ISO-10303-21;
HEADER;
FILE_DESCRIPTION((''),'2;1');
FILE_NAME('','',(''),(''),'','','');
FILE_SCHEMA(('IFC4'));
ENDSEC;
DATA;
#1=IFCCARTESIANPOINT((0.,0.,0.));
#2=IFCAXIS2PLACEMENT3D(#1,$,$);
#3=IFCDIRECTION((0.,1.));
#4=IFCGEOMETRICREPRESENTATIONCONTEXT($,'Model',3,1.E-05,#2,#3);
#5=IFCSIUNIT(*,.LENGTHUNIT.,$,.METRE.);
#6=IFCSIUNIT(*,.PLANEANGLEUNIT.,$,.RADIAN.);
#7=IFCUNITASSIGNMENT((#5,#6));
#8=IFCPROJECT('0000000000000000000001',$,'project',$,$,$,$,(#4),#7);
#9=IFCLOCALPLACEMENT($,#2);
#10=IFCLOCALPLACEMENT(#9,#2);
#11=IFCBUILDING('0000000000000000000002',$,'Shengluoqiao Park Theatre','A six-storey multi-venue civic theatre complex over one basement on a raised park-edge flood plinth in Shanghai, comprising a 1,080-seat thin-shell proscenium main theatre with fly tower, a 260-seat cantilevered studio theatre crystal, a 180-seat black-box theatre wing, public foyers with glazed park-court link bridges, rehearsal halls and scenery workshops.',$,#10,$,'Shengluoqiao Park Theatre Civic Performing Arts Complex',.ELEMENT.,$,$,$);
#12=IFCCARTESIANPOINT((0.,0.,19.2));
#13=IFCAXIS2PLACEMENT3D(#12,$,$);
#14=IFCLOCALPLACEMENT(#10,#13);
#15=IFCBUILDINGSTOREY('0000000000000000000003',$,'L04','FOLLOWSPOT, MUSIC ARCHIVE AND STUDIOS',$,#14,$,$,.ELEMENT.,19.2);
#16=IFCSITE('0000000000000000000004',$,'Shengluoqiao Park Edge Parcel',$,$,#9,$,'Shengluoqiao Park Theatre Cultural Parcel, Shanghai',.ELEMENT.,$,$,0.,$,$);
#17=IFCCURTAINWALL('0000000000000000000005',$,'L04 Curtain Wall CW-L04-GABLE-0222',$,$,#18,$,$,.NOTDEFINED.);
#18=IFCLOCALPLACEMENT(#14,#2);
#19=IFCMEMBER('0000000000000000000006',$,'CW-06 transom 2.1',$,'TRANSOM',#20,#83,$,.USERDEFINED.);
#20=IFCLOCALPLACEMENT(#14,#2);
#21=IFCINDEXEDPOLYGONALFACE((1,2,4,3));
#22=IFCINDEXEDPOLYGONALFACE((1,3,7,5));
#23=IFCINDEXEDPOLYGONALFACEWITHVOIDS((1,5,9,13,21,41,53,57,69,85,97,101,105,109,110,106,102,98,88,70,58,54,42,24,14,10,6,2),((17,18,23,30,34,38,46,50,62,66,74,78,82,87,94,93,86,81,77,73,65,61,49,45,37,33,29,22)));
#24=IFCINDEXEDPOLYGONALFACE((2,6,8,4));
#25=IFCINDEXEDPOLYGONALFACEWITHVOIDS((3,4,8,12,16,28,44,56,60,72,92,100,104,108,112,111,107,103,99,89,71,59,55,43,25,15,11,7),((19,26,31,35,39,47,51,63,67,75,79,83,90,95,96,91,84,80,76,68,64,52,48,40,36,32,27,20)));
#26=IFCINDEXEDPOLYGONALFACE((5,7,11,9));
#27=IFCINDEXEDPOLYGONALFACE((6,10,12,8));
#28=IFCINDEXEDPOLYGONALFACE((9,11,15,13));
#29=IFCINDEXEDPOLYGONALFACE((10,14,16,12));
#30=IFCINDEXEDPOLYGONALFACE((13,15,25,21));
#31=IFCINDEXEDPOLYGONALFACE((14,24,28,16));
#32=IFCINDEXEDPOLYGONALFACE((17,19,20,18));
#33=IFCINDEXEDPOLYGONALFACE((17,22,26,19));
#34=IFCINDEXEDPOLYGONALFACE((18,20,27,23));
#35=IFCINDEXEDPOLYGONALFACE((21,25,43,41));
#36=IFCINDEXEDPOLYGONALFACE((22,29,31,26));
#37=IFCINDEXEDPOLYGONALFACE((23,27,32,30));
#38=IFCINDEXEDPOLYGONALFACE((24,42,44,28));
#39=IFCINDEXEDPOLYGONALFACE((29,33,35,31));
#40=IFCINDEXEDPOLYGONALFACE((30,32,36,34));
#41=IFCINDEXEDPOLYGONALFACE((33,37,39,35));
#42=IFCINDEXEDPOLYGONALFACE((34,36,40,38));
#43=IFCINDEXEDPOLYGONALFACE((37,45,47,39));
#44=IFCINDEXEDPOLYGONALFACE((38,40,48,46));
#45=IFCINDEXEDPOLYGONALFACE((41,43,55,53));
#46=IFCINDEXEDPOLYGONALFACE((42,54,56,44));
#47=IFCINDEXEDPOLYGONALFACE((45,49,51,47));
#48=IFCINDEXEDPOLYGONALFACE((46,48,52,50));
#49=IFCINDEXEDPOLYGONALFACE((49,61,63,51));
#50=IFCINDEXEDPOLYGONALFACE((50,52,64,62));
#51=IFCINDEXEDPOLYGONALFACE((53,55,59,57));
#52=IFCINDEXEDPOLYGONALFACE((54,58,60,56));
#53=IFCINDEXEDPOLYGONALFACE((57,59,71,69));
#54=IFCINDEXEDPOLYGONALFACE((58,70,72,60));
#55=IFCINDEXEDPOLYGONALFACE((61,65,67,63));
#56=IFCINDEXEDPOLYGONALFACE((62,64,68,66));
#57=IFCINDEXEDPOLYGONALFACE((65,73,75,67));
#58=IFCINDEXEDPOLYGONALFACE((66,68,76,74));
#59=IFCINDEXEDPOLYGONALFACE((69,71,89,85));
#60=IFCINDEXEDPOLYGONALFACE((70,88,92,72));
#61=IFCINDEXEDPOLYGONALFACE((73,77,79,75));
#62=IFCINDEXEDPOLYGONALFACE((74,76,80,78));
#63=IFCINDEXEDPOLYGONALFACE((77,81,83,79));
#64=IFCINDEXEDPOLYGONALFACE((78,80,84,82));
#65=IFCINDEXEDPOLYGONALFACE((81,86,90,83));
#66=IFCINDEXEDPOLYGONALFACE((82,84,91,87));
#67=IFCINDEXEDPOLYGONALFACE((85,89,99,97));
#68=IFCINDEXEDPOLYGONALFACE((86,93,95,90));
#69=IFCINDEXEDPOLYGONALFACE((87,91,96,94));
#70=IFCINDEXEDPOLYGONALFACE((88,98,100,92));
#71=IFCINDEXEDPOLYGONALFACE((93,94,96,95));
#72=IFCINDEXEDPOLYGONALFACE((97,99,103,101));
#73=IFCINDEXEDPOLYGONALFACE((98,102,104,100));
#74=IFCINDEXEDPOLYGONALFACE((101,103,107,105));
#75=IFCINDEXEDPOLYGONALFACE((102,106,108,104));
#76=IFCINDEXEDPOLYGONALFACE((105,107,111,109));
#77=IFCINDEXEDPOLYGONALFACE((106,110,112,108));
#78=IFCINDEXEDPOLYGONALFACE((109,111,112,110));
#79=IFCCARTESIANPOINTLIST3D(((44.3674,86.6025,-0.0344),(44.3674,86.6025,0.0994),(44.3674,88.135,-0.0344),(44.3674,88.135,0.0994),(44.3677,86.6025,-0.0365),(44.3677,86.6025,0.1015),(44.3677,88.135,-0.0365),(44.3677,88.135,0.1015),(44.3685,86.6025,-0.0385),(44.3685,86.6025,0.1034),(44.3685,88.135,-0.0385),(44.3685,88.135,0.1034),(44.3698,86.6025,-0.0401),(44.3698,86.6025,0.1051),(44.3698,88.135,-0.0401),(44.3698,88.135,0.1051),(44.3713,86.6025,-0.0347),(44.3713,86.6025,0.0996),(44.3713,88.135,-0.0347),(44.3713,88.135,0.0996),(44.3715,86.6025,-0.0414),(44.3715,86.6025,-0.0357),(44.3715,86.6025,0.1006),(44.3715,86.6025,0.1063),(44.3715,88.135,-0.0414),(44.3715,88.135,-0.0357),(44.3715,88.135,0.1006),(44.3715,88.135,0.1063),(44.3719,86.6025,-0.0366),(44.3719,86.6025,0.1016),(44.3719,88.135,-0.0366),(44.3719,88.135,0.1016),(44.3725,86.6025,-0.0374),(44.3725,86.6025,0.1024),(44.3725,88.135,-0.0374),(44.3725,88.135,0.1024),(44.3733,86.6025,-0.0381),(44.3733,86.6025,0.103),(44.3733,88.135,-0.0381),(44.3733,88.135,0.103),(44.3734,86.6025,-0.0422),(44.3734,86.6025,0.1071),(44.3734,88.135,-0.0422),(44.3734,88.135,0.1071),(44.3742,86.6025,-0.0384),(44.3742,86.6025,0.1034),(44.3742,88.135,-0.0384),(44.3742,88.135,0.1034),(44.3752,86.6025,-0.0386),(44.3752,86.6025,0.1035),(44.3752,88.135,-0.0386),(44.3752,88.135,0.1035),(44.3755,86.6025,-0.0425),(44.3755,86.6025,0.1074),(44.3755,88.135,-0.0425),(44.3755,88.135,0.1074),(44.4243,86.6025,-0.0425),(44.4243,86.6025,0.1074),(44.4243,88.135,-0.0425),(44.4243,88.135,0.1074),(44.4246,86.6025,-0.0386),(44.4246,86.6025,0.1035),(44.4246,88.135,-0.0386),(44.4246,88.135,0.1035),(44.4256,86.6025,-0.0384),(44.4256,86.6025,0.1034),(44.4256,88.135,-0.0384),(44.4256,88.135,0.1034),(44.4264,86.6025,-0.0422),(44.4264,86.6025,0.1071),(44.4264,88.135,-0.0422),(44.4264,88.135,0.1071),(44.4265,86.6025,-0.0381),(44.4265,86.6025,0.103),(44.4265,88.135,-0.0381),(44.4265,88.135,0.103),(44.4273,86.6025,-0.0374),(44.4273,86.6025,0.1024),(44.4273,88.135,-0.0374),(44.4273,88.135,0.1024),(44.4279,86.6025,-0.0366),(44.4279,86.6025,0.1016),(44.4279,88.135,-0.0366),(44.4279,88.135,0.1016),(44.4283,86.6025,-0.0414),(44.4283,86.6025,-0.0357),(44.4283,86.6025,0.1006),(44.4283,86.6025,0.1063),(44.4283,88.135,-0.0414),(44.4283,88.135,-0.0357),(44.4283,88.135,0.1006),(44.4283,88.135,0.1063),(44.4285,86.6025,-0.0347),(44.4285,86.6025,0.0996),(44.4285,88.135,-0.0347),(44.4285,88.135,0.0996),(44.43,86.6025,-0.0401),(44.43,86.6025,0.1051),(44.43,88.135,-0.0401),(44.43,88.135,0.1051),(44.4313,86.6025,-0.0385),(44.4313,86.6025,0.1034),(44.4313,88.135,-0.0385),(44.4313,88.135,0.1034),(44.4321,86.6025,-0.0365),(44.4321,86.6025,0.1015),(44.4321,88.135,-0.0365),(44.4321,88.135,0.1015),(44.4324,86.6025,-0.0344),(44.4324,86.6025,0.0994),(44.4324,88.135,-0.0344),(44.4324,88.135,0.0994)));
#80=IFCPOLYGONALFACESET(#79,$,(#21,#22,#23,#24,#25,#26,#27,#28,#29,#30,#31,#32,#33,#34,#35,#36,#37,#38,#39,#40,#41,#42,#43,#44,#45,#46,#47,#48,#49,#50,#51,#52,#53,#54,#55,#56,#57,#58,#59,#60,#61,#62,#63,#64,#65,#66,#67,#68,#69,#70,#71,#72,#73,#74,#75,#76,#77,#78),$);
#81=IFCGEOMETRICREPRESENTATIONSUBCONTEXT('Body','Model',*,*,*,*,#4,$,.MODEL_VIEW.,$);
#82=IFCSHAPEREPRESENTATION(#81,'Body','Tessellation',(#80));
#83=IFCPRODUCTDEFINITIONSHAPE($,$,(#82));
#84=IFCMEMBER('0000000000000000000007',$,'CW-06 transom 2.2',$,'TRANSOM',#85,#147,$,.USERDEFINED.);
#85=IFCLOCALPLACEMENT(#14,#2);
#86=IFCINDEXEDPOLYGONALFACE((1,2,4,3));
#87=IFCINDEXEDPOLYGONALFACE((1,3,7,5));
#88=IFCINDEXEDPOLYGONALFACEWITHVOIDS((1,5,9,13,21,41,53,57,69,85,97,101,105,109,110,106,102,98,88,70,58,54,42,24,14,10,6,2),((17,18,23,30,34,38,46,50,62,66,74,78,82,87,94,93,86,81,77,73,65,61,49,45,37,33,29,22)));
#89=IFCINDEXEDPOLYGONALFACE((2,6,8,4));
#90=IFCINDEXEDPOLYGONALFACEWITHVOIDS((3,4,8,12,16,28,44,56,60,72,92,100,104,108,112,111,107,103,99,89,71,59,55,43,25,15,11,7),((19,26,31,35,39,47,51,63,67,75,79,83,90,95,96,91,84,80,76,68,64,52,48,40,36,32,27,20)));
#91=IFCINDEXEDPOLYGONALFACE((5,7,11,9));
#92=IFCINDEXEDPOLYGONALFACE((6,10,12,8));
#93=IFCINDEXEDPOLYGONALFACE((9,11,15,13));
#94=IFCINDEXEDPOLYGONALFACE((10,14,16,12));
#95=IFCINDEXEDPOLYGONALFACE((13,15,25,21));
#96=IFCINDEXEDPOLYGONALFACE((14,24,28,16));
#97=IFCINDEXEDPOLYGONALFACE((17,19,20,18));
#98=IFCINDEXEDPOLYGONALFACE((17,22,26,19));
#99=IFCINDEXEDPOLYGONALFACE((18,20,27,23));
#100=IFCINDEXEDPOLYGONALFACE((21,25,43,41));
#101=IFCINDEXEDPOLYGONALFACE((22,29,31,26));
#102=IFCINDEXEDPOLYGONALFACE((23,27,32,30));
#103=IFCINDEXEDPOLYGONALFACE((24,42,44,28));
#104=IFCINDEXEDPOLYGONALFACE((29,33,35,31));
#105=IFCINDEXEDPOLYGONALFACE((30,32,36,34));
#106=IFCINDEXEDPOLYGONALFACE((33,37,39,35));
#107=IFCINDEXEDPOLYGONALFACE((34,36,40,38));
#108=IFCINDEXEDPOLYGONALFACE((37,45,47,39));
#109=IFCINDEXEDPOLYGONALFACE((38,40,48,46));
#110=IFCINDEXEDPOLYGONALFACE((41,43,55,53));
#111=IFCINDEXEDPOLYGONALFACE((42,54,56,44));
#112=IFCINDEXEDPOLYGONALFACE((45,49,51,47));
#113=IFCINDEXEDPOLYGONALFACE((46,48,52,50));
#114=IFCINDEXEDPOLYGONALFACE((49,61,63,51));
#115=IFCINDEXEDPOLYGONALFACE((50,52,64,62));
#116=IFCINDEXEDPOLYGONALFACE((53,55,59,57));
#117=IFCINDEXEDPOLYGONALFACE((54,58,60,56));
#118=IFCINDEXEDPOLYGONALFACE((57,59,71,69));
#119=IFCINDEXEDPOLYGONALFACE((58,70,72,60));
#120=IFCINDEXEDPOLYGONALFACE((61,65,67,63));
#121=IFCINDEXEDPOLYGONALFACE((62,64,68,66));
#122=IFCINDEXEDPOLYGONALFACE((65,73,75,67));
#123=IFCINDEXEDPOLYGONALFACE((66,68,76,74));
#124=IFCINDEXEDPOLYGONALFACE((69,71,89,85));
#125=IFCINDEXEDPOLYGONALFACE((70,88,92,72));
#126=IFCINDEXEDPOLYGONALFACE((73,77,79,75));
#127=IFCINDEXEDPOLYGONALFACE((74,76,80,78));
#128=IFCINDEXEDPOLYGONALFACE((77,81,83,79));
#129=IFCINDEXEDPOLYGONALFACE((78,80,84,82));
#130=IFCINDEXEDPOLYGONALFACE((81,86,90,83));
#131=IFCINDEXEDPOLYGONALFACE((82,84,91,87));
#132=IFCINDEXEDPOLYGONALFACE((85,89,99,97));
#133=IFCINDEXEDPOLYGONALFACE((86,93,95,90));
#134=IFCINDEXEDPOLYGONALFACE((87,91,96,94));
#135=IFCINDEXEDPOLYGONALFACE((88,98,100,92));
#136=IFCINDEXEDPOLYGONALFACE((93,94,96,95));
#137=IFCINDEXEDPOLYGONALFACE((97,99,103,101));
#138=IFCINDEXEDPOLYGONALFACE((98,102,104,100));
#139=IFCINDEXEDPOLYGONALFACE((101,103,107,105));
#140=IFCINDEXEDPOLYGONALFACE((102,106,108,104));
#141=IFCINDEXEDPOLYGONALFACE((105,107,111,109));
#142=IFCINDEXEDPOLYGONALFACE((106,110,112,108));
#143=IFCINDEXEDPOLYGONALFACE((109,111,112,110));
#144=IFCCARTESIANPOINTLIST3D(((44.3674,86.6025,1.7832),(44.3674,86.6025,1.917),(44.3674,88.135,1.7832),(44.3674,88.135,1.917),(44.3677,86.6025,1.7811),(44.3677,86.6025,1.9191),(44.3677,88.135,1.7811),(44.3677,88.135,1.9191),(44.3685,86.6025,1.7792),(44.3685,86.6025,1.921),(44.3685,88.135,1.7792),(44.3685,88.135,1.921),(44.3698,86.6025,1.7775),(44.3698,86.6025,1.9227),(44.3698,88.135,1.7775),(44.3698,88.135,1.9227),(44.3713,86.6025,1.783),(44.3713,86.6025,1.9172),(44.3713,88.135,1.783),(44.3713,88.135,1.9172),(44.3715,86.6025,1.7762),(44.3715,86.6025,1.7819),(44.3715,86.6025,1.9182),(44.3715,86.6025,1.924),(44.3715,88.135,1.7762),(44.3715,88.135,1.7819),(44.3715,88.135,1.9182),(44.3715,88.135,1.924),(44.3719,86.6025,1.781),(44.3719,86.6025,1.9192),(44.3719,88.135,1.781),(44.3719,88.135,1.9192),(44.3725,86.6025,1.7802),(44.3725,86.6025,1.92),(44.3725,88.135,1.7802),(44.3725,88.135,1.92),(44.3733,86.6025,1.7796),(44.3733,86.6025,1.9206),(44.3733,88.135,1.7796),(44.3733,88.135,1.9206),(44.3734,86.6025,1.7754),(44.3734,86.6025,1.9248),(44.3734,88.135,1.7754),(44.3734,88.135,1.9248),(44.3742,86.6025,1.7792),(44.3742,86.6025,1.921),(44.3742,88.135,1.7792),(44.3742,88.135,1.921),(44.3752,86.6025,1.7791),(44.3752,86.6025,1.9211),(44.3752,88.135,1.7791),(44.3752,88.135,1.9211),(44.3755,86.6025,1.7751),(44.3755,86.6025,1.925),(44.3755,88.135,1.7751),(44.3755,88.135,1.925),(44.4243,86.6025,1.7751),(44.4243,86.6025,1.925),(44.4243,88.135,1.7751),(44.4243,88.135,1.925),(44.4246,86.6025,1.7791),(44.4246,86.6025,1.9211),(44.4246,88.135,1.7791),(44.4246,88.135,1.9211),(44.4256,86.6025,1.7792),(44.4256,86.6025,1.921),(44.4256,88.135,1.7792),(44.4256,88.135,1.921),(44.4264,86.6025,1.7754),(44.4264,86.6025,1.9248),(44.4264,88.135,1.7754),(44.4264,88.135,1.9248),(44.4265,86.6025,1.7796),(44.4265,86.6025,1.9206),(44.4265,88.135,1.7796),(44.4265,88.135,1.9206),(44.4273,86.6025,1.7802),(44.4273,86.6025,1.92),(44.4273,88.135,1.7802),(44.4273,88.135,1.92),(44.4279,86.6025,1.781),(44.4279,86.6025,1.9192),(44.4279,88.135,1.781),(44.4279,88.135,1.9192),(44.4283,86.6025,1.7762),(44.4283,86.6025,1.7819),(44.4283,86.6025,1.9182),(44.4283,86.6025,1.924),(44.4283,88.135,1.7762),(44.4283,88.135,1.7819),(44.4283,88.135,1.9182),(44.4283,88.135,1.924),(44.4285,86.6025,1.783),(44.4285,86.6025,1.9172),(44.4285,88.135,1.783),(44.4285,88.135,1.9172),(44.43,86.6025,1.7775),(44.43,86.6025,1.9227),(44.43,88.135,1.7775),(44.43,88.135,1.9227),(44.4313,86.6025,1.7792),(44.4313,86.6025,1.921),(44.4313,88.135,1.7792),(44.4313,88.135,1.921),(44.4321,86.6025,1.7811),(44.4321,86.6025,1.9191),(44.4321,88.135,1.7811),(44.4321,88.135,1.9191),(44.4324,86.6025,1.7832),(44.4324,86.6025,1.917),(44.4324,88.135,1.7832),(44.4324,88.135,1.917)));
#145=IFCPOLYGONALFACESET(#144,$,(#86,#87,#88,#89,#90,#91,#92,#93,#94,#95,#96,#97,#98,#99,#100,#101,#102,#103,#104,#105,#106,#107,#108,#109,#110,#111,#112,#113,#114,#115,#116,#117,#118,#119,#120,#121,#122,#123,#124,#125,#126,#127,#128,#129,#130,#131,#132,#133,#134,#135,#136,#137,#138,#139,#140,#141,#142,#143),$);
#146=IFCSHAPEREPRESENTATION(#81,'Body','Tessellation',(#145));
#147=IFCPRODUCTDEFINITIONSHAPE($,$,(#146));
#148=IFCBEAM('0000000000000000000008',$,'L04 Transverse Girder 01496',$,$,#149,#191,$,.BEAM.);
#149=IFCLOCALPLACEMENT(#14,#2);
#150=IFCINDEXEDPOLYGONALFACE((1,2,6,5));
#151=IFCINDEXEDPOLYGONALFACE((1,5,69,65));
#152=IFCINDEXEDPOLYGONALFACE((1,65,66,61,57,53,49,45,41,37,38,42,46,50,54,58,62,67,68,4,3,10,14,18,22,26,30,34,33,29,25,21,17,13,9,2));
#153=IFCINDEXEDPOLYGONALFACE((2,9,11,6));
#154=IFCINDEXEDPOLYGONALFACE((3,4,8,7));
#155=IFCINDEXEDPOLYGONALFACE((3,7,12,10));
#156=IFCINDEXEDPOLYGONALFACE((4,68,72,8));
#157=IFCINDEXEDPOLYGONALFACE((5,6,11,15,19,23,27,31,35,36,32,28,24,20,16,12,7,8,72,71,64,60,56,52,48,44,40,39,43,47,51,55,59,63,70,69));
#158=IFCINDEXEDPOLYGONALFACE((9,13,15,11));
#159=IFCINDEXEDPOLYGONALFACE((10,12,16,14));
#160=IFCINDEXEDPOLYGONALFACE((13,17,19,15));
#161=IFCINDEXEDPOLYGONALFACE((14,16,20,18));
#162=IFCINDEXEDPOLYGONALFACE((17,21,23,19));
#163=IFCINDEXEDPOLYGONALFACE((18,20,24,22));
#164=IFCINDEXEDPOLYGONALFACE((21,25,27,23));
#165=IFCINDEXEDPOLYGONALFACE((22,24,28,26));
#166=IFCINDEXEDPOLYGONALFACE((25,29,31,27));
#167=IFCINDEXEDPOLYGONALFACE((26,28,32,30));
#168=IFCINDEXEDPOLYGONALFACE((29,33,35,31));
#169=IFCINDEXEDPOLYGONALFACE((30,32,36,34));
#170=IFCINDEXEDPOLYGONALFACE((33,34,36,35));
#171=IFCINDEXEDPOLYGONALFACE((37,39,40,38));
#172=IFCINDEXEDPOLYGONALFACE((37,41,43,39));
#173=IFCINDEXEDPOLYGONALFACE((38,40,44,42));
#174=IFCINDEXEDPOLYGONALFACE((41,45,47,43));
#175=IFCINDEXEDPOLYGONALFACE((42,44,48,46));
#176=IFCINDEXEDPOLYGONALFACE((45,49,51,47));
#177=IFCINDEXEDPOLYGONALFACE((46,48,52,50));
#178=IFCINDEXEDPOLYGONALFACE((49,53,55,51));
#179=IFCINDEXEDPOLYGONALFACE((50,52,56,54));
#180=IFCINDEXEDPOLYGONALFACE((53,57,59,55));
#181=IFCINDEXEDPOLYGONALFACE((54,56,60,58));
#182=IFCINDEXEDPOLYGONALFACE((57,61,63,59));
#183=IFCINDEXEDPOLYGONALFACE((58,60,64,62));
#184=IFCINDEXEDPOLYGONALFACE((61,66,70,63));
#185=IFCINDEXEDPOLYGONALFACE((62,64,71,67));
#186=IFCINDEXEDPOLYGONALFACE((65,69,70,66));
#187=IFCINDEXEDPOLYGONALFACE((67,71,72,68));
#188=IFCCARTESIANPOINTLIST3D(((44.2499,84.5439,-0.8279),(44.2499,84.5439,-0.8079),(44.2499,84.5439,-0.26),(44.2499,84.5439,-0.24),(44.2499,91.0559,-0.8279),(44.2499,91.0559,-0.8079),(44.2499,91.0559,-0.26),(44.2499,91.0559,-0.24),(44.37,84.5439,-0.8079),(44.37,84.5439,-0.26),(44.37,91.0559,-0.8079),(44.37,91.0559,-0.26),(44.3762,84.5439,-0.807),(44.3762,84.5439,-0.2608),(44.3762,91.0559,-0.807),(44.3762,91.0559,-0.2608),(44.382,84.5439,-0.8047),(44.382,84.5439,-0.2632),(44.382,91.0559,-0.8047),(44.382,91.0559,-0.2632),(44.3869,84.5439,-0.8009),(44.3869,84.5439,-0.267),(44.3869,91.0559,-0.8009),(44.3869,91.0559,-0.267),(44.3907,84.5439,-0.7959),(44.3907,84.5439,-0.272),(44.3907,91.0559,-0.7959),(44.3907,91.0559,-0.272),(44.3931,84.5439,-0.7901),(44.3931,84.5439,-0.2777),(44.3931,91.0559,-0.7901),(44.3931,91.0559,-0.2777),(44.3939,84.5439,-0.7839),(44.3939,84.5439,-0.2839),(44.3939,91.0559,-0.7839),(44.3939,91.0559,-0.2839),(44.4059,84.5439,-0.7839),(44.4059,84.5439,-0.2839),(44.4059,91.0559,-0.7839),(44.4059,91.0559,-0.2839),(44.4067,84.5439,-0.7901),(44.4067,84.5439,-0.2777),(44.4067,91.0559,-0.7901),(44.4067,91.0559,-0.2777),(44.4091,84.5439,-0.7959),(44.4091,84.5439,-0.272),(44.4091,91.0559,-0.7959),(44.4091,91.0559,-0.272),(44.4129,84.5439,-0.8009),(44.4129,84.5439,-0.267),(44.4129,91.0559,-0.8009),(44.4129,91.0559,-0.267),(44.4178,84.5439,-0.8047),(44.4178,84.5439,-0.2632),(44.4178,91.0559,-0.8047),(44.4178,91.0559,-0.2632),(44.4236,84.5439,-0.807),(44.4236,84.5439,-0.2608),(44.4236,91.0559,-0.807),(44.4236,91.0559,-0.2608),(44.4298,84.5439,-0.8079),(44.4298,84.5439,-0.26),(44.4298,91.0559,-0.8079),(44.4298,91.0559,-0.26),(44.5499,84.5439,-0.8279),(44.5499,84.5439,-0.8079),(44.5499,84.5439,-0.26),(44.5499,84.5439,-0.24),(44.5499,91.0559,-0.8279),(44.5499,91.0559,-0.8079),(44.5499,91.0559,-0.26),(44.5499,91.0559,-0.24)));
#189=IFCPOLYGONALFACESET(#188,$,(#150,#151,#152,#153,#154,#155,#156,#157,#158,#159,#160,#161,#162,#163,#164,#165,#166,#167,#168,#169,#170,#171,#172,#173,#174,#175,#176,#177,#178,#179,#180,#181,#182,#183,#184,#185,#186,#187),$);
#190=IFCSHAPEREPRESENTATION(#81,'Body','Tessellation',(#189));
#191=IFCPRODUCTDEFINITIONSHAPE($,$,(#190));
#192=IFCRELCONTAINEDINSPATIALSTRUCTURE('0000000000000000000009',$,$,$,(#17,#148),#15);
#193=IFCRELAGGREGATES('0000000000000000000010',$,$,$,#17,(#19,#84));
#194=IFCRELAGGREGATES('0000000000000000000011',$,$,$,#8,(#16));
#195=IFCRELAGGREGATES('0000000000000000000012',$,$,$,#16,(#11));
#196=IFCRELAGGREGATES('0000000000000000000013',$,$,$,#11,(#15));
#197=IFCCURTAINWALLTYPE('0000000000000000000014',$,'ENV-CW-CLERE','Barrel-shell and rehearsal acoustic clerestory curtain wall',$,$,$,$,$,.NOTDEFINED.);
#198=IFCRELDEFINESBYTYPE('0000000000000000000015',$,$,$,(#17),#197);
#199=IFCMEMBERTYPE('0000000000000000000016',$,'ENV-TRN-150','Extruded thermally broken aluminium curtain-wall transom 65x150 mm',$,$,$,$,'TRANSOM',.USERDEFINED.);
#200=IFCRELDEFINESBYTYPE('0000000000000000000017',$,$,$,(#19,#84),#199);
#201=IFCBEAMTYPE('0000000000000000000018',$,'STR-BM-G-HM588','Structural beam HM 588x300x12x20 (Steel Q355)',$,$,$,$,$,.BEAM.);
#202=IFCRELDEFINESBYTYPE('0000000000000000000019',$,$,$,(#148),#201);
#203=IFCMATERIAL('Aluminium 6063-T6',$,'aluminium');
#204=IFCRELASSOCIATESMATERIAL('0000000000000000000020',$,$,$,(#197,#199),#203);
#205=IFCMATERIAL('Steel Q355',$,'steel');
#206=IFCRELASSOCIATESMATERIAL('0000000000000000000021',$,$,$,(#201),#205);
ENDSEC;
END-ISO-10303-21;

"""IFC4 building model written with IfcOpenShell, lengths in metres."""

from ifc_helpers import new_model, si_unit, direction, frame, origin, origin_2d, place, context, subcontext, project, spatial, hollow_rectangle, i_section, extrude, material, material_profile, profile_set, type_object, element, aggregate, save


model = new_model("IFC4")

# Units and contexts
model_context = context("Model", 3, precision=1e-05, world=origin(), true_north=direction((0.0, 1.0)))
body_context = subcontext(model_context, "Body", "Model", "MODEL_VIEW")
ifc_project = project(units=[si_unit("LENGTHUNIT", "METRE"), si_unit("PLANEANGLEUNIT", "RADIAN")], contexts=[model_context])

# Site, building, storey
site_placement = place(None, origin())
site = spatial("IfcSite", under=ifc_project, at=site_placement, Name="Shengluoqiao Park Edge Parcel", LongName="Shengluoqiao Park Theatre Cultural Parcel, Shanghai", CompositionType="ELEMENT", RefElevation=0.0)
building_placement = place(site_placement, origin())
building = spatial("IfcBuilding", under=site, at=building_placement, Name="Shengluoqiao Park Theatre", Description="A six-storey multi-venue civic theatre complex over one basement on a raised park-edge flood plinth in Shanghai, comprising a 1,080-seat thin-shell proscenium main theatre with fly tower, a 260-seat cantilevered studio theatre crystal, a 180-seat black-box theatre wing, public foyers with glazed park-court link bridges, rehearsal halls and scenery workshops.", LongName="Shengluoqiao Park Theatre Civic Performing Arts Complex", CompositionType="ELEMENT")
storey_placement = place(building_placement, frame((0.0, 0.0, 19.2)))
storey = spatial("IfcBuildingStorey", under=building, at=storey_placement, Name="L04", Description="FOLLOWSPOT, MUSIC ARCHIVE AND STUDIOS", CompositionType="ELEMENT", Elevation=19.2)

# Shared definitions
ifc_material_1 = material(Name="Aluminium 6063-T6", Category="aluminium")
curtain_wall_type = type_object("IfcCurtainWallType", Name="ENV-CW-CLERE", Description="Barrel-shell and rehearsal acoustic clerestory curtain wall", PredefinedType="NOTDEFINED", material=ifc_material_1)

# Curtain wall
curtain_wall_1_placement = place(storey_placement, origin())
curtain_wall_1 = element("IfcCurtainWall", 1, at=curtain_wall_1_placement, inside=storey, type_object=curtain_wall_type, Name="L04 Curtain Wall CW-L04-GABLE-0222", PredefinedType="NOTDEFINED")

# Members
ifc_material_profile_1 = material_profile(ifc_material_1, hollow_rectangle(XDim=0.0649, YDim=0.1499, WallThickness=0.0039, InnerFilletRadius=0.0039, OuterFilletRadius=0.0081, at=origin_2d()), Name="ALU TRANSOM 150x65x4")
ifc_profile_set_1 = profile_set([ifc_material_profile_1], Name="Aluminium 6063-T6")
member_type_1 = type_object("IfcMemberType", Name="ENV-TRN-150", Description="Extruded thermally broken aluminium curtain-wall transom 65x150 mm", ElementType="TRANSOM", PredefinedType="USERDEFINED", material=ifc_profile_set_1)
member_1_placement = place(storey_placement, frame((44.3999, 86.6025, 0.0325), z_axis=(0.0, 1.0, 0.0), x_axis=(-1.0, 0.0, 0.0)))
member_1 = element("IfcMember", 2, at=member_1_placement, type_object=member_type_1, Name="CW-06 transom 2.1", ObjectType="TRANSOM", PredefinedType="USERDEFINED", context=body_context, shape_type="SweptSolid", body=[
    extrude(hollow_rectangle(XDim=0.0649, YDim=0.1499, WallThickness=0.0039, InnerFilletRadius=0.0039, OuterFilletRadius=0.0081, at=origin_2d()), origin(), (0.0, 0.0, 1.0), 1.5325),
])
member_2_placement = place(storey_placement, frame((44.3999, 86.6025, 1.8501), z_axis=(0.0, 1.0, 0.0), x_axis=(-1.0, 0.0, 0.0)))
member_2 = element("IfcMember", 3, at=member_2_placement, type_object=member_type_1, Name="CW-06 transom 2.2", ObjectType="TRANSOM", PredefinedType="USERDEFINED", context=body_context, shape_type="SweptSolid", body=[
    extrude(hollow_rectangle(XDim=0.0649, YDim=0.1499, WallThickness=0.0039, InnerFilletRadius=0.0039, OuterFilletRadius=0.0081, at=origin_2d()), origin(), (0.0, 0.0, 1.0), 1.5325),
])

# Beam
ifc_material_2 = material(Name="Steel Q355", Category="steel")
ifc_material_profile_2 = material_profile(ifc_material_2, i_section(OverallWidth=0.3, OverallDepth=0.5879, WebThickness=0.012, FlangeThickness=0.02, FilletRadius=0.0239, at=origin_2d()), Name="HM 588x300x12x20")
ifc_profile_set_2 = profile_set([ifc_material_profile_2], Name="Steel Q355")
beam_type = type_object("IfcBeamType", Name="STR-BM-G-HM588", Description="Structural beam HM 588x300x12x20 (Steel Q355)", PredefinedType="BEAM", material=ifc_profile_set_2)
beam_placement = place(storey_placement, frame((44.3999, 84.5439, -0.5339), z_axis=(0.0, 1.0, 0.0), x_axis=(-1.0, 0.0, 0.0)))
element("IfcBeam", 4, at=beam_placement, inside=storey, type_object=beam_type, Name="L04 Transverse Girder 01496", PredefinedType="BEAM", context=body_context, shape_type="SweptSolid", body=[
    extrude(i_section(OverallWidth=0.3, OverallDepth=0.5879, WebThickness=0.012, FlangeThickness=0.02, FilletRadius=0.0239, at=origin_2d()), origin(), (0.0, 0.0, 1.0), 6.512),
])

aggregate(curtain_wall_1, [member_1, member_2])

save(model, "model.ifc")
